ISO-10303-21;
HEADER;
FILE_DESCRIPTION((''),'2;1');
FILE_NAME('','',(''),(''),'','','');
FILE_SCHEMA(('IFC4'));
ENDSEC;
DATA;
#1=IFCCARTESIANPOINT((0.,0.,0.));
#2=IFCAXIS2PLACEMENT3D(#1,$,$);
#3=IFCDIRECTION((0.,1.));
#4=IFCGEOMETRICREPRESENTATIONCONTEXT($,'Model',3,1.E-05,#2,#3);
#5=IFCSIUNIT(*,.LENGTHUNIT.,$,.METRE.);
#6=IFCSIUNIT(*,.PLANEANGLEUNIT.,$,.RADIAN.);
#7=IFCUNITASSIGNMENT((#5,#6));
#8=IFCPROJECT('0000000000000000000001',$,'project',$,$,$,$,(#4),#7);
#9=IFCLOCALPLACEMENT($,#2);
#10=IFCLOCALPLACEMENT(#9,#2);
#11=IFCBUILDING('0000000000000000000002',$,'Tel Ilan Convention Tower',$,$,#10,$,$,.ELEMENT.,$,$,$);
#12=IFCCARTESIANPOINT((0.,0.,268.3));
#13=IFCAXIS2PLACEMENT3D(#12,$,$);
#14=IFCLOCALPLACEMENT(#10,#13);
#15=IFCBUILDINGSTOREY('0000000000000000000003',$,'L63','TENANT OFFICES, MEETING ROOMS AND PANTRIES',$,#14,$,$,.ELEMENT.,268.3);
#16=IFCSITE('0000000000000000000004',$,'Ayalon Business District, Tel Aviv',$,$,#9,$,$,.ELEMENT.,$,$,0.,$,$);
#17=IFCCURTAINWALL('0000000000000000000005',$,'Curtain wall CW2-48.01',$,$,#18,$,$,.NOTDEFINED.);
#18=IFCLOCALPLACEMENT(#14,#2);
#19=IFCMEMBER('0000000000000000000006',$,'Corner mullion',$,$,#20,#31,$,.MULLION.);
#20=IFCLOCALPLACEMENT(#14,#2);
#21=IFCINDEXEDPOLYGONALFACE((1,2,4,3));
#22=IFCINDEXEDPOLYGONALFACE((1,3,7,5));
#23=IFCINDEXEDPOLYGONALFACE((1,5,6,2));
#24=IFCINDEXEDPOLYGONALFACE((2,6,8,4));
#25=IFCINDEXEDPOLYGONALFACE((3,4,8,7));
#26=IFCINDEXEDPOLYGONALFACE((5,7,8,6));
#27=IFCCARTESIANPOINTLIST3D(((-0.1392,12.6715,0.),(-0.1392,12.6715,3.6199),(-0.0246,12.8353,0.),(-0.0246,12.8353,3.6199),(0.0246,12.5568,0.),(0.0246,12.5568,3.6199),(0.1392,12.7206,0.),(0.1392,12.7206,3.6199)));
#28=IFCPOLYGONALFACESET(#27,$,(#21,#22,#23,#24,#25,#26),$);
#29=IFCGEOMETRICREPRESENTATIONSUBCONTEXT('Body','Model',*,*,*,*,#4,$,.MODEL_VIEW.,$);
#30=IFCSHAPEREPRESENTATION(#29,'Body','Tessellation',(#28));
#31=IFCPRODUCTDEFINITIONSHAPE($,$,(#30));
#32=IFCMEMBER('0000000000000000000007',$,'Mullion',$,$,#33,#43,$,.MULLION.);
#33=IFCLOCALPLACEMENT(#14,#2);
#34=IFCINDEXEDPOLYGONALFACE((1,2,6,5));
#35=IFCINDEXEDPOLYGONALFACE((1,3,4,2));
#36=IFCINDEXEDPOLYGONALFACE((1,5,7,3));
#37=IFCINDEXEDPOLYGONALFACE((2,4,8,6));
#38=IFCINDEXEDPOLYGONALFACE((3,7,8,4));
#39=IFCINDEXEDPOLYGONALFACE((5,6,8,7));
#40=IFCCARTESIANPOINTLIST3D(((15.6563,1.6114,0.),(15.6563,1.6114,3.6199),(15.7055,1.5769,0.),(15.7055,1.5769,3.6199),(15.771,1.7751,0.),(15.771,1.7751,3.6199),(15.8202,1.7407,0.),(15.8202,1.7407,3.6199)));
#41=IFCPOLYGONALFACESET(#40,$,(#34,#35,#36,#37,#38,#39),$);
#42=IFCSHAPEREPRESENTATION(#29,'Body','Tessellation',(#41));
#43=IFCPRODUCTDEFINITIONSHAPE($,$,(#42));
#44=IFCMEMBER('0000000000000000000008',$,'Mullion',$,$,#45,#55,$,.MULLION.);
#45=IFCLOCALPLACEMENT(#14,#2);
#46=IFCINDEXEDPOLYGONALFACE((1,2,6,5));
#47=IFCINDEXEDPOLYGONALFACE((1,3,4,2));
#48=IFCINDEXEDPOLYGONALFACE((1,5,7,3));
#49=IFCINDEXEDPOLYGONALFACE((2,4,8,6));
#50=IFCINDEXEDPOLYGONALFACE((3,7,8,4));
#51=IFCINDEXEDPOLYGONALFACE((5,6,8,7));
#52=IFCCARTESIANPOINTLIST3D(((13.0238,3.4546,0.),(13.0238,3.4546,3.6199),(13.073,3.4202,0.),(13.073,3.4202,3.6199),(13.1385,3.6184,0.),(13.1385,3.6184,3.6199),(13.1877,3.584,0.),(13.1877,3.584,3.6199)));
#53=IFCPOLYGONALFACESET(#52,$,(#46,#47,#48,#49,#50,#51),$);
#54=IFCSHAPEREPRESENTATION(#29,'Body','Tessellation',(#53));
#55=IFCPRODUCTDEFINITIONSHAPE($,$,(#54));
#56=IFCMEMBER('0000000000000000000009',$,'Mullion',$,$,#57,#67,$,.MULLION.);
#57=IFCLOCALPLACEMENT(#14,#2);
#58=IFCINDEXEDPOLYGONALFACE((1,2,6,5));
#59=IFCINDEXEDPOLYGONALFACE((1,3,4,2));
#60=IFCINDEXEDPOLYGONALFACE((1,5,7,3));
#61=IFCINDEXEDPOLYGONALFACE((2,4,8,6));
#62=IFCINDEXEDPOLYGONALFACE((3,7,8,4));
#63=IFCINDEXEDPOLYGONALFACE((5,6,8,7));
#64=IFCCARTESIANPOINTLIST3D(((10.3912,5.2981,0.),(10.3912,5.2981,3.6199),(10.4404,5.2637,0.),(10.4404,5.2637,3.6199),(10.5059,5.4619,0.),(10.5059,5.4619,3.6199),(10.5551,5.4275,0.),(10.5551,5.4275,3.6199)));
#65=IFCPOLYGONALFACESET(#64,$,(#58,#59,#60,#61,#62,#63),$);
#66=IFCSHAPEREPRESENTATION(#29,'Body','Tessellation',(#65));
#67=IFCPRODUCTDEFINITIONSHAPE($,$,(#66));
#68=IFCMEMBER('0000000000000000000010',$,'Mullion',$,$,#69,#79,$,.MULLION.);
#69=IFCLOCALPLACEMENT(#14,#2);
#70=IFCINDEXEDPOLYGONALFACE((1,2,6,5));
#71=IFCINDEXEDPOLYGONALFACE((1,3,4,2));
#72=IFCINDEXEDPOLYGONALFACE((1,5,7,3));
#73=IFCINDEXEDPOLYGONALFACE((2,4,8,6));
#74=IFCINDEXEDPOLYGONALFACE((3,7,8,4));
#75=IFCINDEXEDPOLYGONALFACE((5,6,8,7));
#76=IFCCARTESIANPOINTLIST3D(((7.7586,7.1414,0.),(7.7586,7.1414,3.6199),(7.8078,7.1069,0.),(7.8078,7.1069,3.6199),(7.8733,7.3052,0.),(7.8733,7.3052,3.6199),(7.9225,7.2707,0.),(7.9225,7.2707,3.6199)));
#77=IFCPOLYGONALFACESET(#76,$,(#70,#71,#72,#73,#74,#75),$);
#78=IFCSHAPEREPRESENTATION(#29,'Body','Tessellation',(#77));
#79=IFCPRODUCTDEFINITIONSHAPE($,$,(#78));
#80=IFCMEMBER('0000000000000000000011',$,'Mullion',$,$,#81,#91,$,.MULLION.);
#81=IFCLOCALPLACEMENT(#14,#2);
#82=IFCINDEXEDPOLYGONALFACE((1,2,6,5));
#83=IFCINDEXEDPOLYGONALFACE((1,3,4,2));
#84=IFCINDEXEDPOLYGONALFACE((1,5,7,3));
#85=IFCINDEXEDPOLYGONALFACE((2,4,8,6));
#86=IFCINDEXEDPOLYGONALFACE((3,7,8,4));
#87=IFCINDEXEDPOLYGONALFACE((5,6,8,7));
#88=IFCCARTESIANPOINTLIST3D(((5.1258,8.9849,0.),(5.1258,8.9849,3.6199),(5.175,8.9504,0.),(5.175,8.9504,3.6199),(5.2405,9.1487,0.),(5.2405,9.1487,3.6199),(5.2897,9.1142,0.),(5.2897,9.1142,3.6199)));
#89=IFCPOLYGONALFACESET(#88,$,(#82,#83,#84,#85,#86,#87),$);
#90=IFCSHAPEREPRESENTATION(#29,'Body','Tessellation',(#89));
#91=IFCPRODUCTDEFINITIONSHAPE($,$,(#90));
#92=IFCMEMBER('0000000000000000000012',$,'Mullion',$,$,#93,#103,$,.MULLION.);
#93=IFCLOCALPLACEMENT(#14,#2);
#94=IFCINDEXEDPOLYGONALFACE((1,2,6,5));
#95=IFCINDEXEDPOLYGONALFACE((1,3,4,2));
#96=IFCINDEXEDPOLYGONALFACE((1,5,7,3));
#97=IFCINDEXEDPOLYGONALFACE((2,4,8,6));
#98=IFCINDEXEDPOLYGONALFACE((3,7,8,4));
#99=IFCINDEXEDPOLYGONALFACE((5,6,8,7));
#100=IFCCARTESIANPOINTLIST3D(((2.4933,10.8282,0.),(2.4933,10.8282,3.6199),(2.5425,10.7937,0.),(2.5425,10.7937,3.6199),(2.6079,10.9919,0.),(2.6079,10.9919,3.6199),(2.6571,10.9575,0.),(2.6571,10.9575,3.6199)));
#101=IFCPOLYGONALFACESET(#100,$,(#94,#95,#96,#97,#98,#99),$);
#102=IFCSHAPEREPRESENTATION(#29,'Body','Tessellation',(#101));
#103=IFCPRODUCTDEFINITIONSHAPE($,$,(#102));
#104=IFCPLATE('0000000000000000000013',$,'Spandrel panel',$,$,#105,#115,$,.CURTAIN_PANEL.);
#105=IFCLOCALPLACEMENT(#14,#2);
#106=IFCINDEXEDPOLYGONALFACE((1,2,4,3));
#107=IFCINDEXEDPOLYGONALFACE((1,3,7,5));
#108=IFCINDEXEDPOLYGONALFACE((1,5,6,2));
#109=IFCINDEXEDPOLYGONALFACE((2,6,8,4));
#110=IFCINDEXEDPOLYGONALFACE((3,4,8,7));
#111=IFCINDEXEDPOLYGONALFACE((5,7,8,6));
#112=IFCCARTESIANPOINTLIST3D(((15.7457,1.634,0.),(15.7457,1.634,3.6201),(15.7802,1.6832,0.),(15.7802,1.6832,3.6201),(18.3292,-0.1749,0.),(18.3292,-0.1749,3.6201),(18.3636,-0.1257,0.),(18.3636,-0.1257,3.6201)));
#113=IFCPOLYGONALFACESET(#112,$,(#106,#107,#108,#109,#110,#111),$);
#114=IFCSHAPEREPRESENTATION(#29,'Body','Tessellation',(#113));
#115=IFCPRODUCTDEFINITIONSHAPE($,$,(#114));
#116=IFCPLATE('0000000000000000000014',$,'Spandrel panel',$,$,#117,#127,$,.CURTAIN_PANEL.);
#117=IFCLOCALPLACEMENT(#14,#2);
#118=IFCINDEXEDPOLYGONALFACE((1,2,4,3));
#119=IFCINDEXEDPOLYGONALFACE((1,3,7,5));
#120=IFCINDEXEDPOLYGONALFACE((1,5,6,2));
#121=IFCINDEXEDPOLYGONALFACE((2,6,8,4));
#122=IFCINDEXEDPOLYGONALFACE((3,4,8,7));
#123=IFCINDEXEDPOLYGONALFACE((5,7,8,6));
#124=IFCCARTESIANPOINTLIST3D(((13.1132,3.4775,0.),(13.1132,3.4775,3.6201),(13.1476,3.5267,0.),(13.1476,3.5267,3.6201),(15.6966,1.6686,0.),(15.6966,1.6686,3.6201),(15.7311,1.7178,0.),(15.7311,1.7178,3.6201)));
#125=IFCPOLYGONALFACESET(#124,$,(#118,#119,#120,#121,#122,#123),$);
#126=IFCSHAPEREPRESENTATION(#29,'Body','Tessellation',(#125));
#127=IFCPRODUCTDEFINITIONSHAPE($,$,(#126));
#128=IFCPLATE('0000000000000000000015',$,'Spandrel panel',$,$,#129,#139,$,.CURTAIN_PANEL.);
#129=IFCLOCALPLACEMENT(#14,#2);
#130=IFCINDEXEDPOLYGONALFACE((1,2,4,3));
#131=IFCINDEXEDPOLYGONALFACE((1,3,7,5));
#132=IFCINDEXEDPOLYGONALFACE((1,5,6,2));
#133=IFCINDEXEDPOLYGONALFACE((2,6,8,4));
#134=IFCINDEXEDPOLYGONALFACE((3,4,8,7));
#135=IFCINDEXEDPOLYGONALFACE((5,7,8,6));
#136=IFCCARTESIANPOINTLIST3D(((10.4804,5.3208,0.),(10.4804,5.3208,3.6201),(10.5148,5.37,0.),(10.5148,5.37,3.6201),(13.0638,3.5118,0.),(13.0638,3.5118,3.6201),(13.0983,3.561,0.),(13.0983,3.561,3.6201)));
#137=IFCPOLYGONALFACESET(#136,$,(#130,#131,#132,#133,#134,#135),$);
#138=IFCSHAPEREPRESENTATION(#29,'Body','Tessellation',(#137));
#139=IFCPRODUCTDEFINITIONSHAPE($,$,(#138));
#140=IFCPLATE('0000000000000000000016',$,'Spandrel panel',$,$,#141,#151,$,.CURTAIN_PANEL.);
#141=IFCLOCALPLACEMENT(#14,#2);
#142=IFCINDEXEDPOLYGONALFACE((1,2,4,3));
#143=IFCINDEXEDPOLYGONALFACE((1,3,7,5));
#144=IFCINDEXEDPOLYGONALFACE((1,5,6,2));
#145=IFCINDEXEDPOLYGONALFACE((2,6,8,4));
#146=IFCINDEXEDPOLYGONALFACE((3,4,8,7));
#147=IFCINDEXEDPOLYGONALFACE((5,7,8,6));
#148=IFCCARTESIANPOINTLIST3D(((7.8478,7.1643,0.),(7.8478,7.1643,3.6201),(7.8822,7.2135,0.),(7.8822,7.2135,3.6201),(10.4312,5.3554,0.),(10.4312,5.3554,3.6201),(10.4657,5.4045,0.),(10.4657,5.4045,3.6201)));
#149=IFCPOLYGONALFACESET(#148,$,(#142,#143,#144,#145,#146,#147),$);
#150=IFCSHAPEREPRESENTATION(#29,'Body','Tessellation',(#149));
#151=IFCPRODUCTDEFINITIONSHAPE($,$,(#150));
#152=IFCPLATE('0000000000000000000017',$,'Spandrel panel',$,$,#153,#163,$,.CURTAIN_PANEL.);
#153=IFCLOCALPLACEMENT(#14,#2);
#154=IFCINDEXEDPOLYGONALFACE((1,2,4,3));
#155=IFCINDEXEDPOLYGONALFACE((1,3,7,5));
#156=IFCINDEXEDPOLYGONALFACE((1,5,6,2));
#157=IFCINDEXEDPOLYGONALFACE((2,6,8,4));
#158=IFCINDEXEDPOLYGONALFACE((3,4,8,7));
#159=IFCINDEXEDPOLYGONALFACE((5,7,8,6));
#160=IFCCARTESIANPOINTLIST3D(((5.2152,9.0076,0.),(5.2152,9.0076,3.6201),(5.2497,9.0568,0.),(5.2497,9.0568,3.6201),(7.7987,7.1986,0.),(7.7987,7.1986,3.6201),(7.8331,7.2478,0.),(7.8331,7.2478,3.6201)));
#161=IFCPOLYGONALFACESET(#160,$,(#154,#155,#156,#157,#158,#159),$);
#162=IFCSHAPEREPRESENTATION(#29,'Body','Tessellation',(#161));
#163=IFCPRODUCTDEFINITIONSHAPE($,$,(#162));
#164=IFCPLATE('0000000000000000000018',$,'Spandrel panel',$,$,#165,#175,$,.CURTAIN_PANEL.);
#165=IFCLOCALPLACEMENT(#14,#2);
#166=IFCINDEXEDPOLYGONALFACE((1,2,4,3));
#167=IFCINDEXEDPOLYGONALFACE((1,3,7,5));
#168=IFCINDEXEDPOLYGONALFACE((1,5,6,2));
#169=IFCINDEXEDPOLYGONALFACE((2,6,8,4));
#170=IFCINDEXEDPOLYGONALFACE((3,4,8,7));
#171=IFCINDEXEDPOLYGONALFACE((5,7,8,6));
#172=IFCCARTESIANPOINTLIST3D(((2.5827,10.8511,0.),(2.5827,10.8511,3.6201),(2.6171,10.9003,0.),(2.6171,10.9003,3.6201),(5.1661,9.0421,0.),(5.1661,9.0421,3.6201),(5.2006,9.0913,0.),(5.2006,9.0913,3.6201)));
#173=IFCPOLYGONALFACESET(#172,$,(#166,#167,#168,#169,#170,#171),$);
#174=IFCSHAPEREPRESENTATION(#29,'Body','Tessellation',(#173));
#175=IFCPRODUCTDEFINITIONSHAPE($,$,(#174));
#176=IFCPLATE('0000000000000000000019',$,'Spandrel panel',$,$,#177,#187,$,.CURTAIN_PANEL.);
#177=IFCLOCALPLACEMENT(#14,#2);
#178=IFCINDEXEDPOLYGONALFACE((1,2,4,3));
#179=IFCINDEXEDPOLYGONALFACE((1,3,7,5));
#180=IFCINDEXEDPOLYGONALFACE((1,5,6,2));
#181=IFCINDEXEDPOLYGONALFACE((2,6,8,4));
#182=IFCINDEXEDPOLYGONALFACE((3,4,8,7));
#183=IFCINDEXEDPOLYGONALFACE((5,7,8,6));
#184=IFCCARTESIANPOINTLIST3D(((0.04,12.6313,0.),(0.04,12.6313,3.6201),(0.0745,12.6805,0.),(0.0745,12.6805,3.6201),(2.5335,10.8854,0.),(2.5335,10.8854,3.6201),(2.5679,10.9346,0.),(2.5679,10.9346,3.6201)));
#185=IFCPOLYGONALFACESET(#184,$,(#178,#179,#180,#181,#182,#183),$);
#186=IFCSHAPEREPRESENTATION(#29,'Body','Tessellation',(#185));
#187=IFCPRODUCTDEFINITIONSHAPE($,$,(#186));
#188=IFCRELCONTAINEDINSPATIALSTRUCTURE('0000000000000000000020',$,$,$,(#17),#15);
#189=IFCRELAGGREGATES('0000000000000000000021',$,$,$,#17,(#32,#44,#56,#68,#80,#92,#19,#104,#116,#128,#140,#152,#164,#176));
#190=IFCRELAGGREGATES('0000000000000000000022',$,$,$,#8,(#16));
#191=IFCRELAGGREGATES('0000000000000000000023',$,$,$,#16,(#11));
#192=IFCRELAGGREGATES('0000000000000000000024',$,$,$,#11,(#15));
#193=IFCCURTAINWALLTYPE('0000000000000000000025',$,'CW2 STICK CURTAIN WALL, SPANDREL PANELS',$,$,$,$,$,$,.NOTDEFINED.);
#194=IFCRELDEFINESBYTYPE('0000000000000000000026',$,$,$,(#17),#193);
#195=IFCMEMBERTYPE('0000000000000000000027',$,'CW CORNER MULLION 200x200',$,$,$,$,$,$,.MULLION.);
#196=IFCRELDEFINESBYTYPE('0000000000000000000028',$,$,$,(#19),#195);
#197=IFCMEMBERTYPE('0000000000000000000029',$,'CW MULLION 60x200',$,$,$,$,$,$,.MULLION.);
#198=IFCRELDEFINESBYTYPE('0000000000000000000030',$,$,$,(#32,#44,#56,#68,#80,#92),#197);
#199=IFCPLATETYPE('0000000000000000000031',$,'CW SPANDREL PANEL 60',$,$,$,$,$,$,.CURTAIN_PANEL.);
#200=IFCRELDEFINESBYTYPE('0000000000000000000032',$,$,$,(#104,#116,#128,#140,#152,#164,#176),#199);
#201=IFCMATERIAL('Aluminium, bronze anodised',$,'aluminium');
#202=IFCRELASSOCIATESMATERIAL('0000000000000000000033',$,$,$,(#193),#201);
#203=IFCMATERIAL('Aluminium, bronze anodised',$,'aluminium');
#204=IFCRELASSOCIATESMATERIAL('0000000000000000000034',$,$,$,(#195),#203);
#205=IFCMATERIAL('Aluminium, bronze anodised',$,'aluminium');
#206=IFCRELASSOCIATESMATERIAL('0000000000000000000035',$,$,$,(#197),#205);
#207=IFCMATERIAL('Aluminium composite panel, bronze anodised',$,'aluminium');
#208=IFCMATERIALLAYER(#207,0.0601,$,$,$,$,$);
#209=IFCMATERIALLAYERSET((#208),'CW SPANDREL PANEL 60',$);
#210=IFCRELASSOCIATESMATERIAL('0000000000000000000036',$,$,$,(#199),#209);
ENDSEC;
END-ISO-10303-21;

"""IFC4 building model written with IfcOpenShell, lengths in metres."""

from ifc_helpers import new_model, si_unit, direction, frame, origin, origin_2d, place, context, subcontext, project, spatial, rectangle, extrude, material, layer, layer_set, material_profile, profile_set, type_object, element, aggregate, save


model = new_model("IFC4")

# Units and contexts
model_context = context("Model", 3, precision=1e-05, world=origin(), true_north=direction((0.0, 1.0)))
body_context = subcontext(model_context, "Body", "Model", "MODEL_VIEW")
ifc_project = project(units=[si_unit("LENGTHUNIT", "METRE"), si_unit("PLANEANGLEUNIT", "RADIAN")], contexts=[model_context])

# Site, building, storey
site_placement = place(None, origin())
site = spatial("IfcSite", under=ifc_project, at=site_placement, Name="Ayalon Business District, Tel Aviv", CompositionType="ELEMENT", RefElevation=0.0)
building_placement = place(site_placement, origin())
building = spatial("IfcBuilding", under=site, at=building_placement, Name="Tel Ilan Convention Tower", CompositionType="ELEMENT")
storey_placement = place(building_placement, frame((0.0, 0.0, 268.3)))
storey = spatial("IfcBuildingStorey", under=building, at=storey_placement, Name="L63", Description="TENANT OFFICES, MEETING ROOMS AND PANTRIES", CompositionType="ELEMENT", Elevation=268.3)

# Curtain wall, members, plates
ifc_material_1 = material(Name="Aluminium, bronze anodised", Category="aluminium")
curtain_wall_type = type_object("IfcCurtainWallType", Name="CW2 STICK CURTAIN WALL, SPANDREL PANELS", PredefinedType="NOTDEFINED", material=ifc_material_1)
curtain_wall_placement = place(storey_placement, origin())
curtain_wall = element("IfcCurtainWall", 1, at=curtain_wall_placement, inside=storey, type_object=curtain_wall_type, Name="Curtain wall CW2-48.01", PredefinedType="NOTDEFINED")
ifc_material_2 = material(Name="Aluminium, bronze anodised", Category="aluminium")
ifc_material_profile_1 = material_profile(ifc_material_2, rectangle(XDim=0.2, YDim=0.2, at=origin_2d()), Name="CW CORNER MULLION 200x200")
ifc_profile_set_1 = profile_set([ifc_material_profile_1], Name="Aluminium, bronze anodised")
member_type_1 = type_object("IfcMemberType", Name="CW CORNER MULLION 200x200", PredefinedType="MULLION", material=ifc_profile_set_1)
member_1_placement = place(storey_placement, frame((0.0, 12.696, 0.0), z_axis=(0.0, 0.0, 1.0), x_axis=(-0.819152, 0.573576, 0.0)))
member_1 = element("IfcMember", 2, at=member_1_placement, type_object=member_type_1, Name="Corner mullion", PredefinedType="MULLION", context=body_context, shape_type="SweptSolid", body=[
    extrude(rectangle(XDim=0.2, YDim=0.2, at=origin_2d()), origin(), (0.0, 0.0, 1.0), 3.6199),
])
ifc_material_3 = material(Name="Aluminium, bronze anodised", Category="aluminium")
ifc_material_profile_2 = material_profile(ifc_material_3, rectangle(XDim=0.0601, YDim=0.2, at=origin_2d()), Name="CW MULLION 60x200")
ifc_profile_set_2 = profile_set([ifc_material_profile_2], Name="Aluminium, bronze anodised")
member_type_2 = type_object("IfcMemberType", Name="CW MULLION 60x200", PredefinedType="MULLION", material=ifc_profile_set_2)
member_2_placement = place(storey_placement, frame((15.7383, 1.676, 0.0), z_axis=(0.0, 0.0, 1.0), x_axis=(-0.819152, 0.573576, 0.0)))
member_2 = element("IfcMember", 3, at=member_2_placement, type_object=member_type_2, Name="Mullion", PredefinedType="MULLION", context=body_context, shape_type="SweptSolid", body=[
    extrude(rectangle(XDim=0.0601, YDim=0.2, at=origin_2d()), origin(), (0.0, 0.0, 1.0), 3.6199),
])
member_3_placement = place(storey_placement, frame((13.1057, 3.5193, 0.0), z_axis=(0.0, 0.0, 1.0), x_axis=(-0.819152, 0.573576, 0.0)))
member_3 = element("IfcMember", 4, at=member_3_placement, type_object=member_type_2, Name="Mullion", PredefinedType="MULLION", context=body_context, shape_type="SweptSolid", body=[
    extrude(rectangle(XDim=0.0601, YDim=0.2, at=origin_2d()), origin(), (0.0, 0.0, 1.0), 3.6199),
])
member_4_placement = place(storey_placement, frame((10.4731, 5.3628, 0.0), z_axis=(0.0, 0.0, 1.0), x_axis=(-0.819152, 0.573576, 0.0)))
member_4 = element("IfcMember", 5, at=member_4_placement, type_object=member_type_2, Name="Mullion", PredefinedType="MULLION", context=body_context, shape_type="SweptSolid", body=[
    extrude(rectangle(XDim=0.0601, YDim=0.2, at=origin_2d()), origin(), (0.0, 0.0, 1.0), 3.6199),
])
member_5_placement = place(storey_placement, frame((7.8406, 7.2061, 0.0), z_axis=(0.0, 0.0, 1.0), x_axis=(-0.819152, 0.573576, 0.0)))
member_5 = element("IfcMember", 6, at=member_5_placement, type_object=member_type_2, Name="Mullion", PredefinedType="MULLION", context=body_context, shape_type="SweptSolid", body=[
    extrude(rectangle(XDim=0.0601, YDim=0.2, at=origin_2d()), origin(), (0.0, 0.0, 1.0), 3.6199),
])
member_6_placement = place(storey_placement, frame((5.2078, 9.0496, 0.0), z_axis=(0.0, 0.0, 1.0), x_axis=(-0.819152, 0.573576, 0.0)))
member_6 = element("IfcMember", 7, at=member_6_placement, type_object=member_type_2, Name="Mullion", PredefinedType="MULLION", context=body_context, shape_type="SweptSolid", body=[
    extrude(rectangle(XDim=0.0601, YDim=0.2, at=origin_2d()), origin(), (0.0, 0.0, 1.0), 3.6199),
])
member_7_placement = place(storey_placement, frame((2.5752, 10.8928, 0.0), z_axis=(0.0, 0.0, 1.0), x_axis=(-0.819152, 0.573576, 0.0)))
member_7 = element("IfcMember", 8, at=member_7_placement, type_object=member_type_2, Name="Mullion", PredefinedType="MULLION", context=body_context, shape_type="SweptSolid", body=[
    extrude(rectangle(XDim=0.0601, YDim=0.2, at=origin_2d()), origin(), (0.0, 0.0, 1.0), 3.6199),
])
ifc_material_4 = material(Name="Aluminium composite panel, bronze anodised", Category="aluminium")
ifc_layer_1 = layer(ifc_material_4, 0.0601)
ifc_layer_set_1 = layer_set([ifc_layer_1], Name="CW SPANDREL PANEL 60")
plate_type = type_object("IfcPlateType", Name="CW SPANDREL PANEL 60", PredefinedType="CURTAIN_PANEL", material=ifc_layer_set_1)
plate_1_placement = place(storey_placement, frame((17.0547, 0.7542, 0.0), z_axis=(0.0, 0.0, 1.0), x_axis=(-0.819152, 0.573576, 0.0)))
plate_1 = element("IfcPlate", 9, at=plate_1_placement, type_object=plate_type, Name="Spandrel panel", PredefinedType="CURTAIN_PANEL", context=body_context, shape_type="SweptSolid", body=[
    extrude(rectangle(XDim=3.1538, YDim=0.0601, at=origin_2d()), origin(), (0.0, 0.0, 1.0), 3.6201),
])
plate_2_placement = place(storey_placement, frame((14.4221, 2.5977, 0.0), z_axis=(0.0, 0.0, 1.0), x_axis=(-0.819152, 0.573576, 0.0)))
plate_2 = element("IfcPlate", 10, at=plate_2_placement, type_object=plate_type, Name="Spandrel panel", PredefinedType="CURTAIN_PANEL", context=body_context, shape_type="SweptSolid", body=[
    extrude(rectangle(XDim=3.1538, YDim=0.0601, at=origin_2d()), origin(), (0.0, 0.0, 1.0), 3.6201),
])
plate_3_placement = place(storey_placement, frame((11.7893, 4.4409, 0.0), z_axis=(0.0, 0.0, 1.0), x_axis=(-0.819152, 0.573576, 0.0)))
plate_3 = element("IfcPlate", 11, at=plate_3_placement, type_object=plate_type, Name="Spandrel panel", PredefinedType="CURTAIN_PANEL", context=body_context, shape_type="SweptSolid", body=[
    extrude(rectangle(XDim=3.1538, YDim=0.0601, at=origin_2d()), origin(), (0.0, 0.0, 1.0), 3.6201),
])
plate_4_placement = place(storey_placement, frame((9.1567, 6.2844, 0.0), z_axis=(0.0, 0.0, 1.0), x_axis=(-0.819152, 0.573576, 0.0)))
plate_4 = element("IfcPlate", 12, at=plate_4_placement, type_object=plate_type, Name="Spandrel panel", PredefinedType="CURTAIN_PANEL", context=body_context, shape_type="SweptSolid", body=[
    extrude(rectangle(XDim=3.1538, YDim=0.0601, at=origin_2d()), origin(), (0.0, 0.0, 1.0), 3.6201),
])
plate_5_placement = place(storey_placement, frame((6.5242, 8.1277, 0.0), z_axis=(0.0, 0.0, 1.0), x_axis=(-0.819152, 0.573576, 0.0)))
plate_5 = element("IfcPlate", 13, at=plate_5_placement, type_object=plate_type, Name="Spandrel panel", PredefinedType="CURTAIN_PANEL", context=body_context, shape_type="SweptSolid", body=[
    extrude(rectangle(XDim=3.1538, YDim=0.0601, at=origin_2d()), origin(), (0.0, 0.0, 1.0), 3.6201),
])
plate_6_placement = place(storey_placement, frame((3.8916, 9.9712, 0.0), z_axis=(0.0, 0.0, 1.0), x_axis=(-0.819152, 0.573576, 0.0)))
plate_6 = element("IfcPlate", 14, at=plate_6_placement, type_object=plate_type, Name="Spandrel panel", PredefinedType="CURTAIN_PANEL", context=body_context, shape_type="SweptSolid", body=[
    extrude(rectangle(XDim=3.1538, YDim=0.0601, at=origin_2d()), origin(), (0.0, 0.0, 1.0), 3.6201),
])
plate_7_placement = place(storey_placement, frame((1.304, 11.783, 0.0), z_axis=(0.0, 0.0, 1.0), x_axis=(-0.819152, 0.573576, 0.0)))
plate_7 = element("IfcPlate", 15, at=plate_7_placement, type_object=plate_type, Name="Spandrel panel", PredefinedType="CURTAIN_PANEL", context=body_context, shape_type="SweptSolid", body=[
    extrude(rectangle(XDim=3.0439, YDim=0.0601, at=origin_2d()), origin(), (0.0, 0.0, 1.0), 3.6201),
])
aggregate(curtain_wall, [member_2, member_3, member_4, member_5, member_6, member_7, member_1, plate_1, plate_2, plate_3, plate_4, plate_5, plate_6, plate_7])

save(model, "model.ifc")
